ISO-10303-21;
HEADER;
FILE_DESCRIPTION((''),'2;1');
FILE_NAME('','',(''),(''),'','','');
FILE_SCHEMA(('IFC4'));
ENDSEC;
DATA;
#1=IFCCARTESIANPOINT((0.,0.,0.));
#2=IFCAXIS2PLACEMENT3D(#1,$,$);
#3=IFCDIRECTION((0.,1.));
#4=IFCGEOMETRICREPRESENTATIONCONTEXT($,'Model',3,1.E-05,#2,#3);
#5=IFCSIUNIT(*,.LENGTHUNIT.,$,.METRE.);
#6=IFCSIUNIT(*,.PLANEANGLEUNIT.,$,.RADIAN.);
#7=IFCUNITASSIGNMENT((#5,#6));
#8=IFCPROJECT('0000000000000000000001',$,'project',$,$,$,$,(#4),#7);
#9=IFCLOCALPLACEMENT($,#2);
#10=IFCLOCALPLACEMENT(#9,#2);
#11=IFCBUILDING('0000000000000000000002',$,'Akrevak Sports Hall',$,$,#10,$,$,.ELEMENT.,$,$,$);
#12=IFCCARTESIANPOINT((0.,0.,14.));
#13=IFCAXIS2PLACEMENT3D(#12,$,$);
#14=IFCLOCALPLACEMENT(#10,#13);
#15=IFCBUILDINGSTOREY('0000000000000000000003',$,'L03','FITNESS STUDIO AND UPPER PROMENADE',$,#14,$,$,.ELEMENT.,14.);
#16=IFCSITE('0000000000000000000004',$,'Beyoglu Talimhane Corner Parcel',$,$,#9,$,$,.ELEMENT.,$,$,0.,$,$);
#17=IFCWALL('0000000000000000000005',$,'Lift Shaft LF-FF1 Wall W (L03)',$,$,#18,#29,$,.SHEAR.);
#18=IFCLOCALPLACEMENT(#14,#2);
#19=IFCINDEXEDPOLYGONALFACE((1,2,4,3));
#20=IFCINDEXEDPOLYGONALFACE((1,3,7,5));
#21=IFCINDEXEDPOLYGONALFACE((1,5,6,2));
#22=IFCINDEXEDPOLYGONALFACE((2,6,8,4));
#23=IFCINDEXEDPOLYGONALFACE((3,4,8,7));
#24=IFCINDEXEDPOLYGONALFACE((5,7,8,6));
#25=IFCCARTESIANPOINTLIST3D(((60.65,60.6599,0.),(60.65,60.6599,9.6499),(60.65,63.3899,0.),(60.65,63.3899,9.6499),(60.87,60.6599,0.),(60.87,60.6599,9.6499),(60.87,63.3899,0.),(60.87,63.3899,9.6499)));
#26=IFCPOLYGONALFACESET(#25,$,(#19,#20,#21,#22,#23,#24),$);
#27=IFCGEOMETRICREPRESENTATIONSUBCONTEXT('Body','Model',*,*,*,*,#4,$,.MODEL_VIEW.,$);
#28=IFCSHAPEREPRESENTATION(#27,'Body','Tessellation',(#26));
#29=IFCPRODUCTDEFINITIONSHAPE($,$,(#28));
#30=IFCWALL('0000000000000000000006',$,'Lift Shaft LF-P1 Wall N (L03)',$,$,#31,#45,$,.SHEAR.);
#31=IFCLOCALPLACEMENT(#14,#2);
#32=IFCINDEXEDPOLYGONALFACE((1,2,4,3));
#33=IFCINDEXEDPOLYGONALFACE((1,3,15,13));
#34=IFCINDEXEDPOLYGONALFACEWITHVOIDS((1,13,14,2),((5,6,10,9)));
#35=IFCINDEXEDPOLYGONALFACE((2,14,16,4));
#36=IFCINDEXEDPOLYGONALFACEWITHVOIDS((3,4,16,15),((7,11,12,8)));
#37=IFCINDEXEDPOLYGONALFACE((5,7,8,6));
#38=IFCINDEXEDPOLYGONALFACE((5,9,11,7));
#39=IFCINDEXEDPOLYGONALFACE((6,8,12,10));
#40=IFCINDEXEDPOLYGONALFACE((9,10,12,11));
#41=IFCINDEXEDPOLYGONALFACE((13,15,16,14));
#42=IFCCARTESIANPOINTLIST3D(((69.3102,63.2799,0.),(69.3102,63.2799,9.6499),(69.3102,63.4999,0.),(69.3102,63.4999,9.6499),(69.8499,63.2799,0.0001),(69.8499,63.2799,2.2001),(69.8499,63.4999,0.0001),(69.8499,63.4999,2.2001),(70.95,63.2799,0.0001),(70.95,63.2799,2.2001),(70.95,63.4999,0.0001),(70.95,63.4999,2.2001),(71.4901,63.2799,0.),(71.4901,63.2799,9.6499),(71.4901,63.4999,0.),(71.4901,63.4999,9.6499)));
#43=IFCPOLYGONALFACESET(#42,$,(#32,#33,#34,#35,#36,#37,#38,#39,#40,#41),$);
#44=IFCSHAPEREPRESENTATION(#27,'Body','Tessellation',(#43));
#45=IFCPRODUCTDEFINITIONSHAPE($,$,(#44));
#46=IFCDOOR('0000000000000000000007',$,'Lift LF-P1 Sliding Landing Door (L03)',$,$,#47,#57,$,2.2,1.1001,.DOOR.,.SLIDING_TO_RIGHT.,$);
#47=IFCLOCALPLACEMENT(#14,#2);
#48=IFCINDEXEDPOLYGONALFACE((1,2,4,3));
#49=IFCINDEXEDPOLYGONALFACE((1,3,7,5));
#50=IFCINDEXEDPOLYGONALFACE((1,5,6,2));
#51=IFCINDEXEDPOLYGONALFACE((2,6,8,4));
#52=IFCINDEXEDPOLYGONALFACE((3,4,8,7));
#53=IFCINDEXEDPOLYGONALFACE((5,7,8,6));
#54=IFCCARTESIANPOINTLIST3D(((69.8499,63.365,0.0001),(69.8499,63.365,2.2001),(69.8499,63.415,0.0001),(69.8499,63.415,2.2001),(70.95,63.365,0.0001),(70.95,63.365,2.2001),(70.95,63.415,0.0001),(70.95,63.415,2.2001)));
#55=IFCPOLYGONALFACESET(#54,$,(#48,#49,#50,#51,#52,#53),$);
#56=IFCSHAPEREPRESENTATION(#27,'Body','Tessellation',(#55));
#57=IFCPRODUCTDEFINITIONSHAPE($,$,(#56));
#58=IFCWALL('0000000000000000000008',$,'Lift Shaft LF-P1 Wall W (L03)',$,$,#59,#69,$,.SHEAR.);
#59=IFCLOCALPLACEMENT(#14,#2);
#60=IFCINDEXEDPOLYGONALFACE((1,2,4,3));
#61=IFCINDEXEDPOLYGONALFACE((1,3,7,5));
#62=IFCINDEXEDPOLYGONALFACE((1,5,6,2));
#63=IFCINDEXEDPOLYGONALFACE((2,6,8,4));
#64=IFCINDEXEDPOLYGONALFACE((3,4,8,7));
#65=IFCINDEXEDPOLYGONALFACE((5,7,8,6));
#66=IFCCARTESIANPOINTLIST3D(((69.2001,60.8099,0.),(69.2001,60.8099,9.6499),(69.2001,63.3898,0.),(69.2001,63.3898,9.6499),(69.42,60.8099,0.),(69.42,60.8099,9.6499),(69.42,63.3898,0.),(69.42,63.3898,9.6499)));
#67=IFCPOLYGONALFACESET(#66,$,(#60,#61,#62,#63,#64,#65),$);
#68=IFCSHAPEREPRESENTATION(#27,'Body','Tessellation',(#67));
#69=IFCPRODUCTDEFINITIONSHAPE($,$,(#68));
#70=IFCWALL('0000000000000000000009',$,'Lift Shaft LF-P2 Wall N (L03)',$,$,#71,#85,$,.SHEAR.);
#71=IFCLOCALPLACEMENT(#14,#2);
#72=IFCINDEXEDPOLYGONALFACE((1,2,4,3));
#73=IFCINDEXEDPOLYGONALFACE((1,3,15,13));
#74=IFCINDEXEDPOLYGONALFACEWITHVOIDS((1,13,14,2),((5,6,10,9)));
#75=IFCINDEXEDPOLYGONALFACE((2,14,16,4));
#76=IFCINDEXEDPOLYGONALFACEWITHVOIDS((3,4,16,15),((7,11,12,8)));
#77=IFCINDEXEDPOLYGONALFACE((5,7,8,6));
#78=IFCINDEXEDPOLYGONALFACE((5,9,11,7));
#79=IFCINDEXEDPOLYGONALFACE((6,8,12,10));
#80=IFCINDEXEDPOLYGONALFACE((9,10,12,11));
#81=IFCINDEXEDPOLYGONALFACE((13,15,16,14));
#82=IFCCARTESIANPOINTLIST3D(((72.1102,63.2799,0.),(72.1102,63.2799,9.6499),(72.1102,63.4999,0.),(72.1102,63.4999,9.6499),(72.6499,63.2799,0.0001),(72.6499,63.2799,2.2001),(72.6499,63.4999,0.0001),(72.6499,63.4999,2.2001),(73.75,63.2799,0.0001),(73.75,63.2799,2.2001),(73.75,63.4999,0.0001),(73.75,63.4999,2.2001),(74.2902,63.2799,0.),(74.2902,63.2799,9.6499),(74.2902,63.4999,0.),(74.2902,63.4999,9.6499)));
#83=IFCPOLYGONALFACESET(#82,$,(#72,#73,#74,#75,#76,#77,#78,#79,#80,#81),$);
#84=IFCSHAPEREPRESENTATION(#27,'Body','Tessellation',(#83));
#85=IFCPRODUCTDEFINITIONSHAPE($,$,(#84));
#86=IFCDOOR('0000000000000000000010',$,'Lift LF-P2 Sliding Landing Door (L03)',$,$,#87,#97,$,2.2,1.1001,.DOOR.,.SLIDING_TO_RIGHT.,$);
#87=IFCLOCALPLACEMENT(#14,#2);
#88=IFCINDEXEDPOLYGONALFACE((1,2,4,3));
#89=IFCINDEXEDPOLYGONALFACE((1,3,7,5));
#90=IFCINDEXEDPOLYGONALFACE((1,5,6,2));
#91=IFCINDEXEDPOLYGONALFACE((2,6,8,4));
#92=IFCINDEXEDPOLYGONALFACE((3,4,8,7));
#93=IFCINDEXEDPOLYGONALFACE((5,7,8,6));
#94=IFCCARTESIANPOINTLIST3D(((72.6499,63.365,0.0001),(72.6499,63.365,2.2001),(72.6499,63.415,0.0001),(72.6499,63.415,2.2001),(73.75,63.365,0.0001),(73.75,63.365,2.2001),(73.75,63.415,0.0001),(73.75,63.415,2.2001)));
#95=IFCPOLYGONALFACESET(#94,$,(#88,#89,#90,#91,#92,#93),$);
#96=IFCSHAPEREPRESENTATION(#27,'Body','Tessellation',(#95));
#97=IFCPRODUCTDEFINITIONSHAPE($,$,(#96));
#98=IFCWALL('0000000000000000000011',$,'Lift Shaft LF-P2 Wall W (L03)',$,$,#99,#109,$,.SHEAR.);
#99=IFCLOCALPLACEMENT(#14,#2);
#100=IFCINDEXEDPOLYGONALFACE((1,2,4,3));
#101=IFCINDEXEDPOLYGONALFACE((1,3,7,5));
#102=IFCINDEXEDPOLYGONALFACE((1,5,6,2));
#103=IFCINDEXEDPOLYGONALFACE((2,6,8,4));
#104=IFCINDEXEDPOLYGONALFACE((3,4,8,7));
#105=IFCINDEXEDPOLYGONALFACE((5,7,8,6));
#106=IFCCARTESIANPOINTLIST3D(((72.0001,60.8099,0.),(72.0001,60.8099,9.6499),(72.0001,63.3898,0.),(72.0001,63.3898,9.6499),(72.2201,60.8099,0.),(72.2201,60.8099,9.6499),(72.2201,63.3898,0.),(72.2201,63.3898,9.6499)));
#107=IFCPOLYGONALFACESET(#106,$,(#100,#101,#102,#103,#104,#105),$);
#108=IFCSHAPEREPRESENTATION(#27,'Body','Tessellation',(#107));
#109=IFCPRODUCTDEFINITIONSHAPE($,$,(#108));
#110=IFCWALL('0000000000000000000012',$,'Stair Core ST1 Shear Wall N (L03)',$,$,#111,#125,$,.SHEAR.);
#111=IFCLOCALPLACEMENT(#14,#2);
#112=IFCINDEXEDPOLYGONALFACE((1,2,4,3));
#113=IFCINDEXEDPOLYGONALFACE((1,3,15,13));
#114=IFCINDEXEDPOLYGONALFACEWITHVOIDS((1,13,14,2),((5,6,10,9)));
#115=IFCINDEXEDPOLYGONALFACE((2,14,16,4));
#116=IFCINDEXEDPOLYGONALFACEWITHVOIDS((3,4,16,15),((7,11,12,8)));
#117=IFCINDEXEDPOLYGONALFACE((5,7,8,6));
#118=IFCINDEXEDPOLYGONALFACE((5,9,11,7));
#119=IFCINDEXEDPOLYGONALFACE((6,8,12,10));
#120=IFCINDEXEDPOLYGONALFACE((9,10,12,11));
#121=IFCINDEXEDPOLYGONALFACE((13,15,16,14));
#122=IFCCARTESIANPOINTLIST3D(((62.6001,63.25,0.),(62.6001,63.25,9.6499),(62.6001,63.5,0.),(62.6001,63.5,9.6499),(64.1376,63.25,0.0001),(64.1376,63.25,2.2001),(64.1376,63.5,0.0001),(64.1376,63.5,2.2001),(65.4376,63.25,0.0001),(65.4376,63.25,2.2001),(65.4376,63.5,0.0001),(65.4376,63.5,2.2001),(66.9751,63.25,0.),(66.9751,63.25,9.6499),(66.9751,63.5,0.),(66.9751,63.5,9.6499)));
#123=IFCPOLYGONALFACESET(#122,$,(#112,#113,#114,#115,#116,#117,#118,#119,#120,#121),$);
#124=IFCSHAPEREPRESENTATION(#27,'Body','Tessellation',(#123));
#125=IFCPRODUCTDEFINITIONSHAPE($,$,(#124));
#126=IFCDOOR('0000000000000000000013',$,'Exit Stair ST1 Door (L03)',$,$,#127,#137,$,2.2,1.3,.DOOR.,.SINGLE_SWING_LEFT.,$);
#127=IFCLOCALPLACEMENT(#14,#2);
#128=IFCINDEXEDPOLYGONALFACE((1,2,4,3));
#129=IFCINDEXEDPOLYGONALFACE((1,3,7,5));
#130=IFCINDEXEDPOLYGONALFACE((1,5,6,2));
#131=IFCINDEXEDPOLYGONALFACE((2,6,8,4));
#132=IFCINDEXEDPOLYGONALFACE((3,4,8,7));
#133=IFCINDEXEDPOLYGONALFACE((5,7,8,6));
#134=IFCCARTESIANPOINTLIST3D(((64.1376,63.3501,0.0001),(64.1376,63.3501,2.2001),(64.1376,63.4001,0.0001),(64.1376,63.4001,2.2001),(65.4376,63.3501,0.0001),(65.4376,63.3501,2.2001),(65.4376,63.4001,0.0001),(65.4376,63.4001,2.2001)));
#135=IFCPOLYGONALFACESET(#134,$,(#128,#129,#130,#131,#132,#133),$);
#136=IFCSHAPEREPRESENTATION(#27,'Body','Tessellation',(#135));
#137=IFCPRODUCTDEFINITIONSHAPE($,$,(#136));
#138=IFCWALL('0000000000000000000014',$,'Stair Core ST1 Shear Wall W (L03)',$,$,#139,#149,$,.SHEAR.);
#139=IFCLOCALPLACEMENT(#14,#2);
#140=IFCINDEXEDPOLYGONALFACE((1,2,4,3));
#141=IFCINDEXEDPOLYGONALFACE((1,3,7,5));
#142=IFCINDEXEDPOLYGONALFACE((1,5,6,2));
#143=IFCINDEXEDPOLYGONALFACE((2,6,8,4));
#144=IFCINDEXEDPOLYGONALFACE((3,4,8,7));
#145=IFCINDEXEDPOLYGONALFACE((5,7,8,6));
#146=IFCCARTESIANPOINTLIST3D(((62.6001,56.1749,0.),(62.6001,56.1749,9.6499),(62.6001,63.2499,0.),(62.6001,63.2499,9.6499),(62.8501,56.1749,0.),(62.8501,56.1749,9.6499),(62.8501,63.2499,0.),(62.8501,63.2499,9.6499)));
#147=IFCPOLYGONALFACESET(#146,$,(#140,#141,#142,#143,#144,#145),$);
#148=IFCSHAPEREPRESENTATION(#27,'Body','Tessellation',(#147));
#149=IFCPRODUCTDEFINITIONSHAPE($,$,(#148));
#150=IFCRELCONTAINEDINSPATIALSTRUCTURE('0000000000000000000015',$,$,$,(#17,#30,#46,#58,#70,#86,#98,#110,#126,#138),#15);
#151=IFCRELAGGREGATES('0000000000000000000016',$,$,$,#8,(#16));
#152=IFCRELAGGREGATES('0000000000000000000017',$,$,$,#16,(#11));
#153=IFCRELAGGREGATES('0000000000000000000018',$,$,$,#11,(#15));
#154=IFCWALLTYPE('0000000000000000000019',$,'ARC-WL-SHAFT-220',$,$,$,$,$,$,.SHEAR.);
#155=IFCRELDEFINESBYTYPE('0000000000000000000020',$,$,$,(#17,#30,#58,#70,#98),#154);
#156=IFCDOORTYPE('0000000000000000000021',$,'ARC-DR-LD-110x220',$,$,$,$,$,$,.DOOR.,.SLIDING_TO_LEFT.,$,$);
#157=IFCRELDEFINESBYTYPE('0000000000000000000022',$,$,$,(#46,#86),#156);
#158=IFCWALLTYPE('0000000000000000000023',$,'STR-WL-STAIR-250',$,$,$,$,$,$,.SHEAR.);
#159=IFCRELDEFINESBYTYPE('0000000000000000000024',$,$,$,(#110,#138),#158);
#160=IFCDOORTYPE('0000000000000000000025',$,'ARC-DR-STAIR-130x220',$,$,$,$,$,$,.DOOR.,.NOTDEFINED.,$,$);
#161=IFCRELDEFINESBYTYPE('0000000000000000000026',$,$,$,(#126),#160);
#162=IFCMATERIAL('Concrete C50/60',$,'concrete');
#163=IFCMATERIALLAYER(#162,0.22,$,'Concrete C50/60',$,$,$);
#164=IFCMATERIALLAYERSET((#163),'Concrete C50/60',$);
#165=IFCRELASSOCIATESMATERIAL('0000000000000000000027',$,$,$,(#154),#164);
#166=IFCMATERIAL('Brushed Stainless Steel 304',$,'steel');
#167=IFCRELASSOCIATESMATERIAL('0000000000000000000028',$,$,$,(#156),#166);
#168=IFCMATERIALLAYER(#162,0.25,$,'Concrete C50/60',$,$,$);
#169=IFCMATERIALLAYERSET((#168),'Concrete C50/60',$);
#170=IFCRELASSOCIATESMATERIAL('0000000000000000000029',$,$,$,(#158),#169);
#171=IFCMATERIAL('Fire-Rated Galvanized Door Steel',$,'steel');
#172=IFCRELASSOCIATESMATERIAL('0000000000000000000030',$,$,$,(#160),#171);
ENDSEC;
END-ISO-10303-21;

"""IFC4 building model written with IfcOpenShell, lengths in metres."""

from ifc_helpers import new_model, si_unit, direction, frame, frame_2d, origin, place, context, subcontext, project, spatial, rectangle, extrude, material, layer, layer_set, type_object, element, fill, save


model = new_model("IFC4")

# Units and contexts
model_context = context("Model", 3, precision=1e-05, world=origin(), true_north=direction((0.0, 1.0)))
body_context = subcontext(model_context, "Body", "Model", "MODEL_VIEW")
ifc_project = project(units=[si_unit("LENGTHUNIT", "METRE"), si_unit("PLANEANGLEUNIT", "RADIAN")], contexts=[model_context])

# Site, building, storey
site_placement = place(None, origin())
site = spatial("IfcSite", under=ifc_project, at=site_placement, Name="Beyoglu Talimhane Corner Parcel", CompositionType="ELEMENT", RefElevation=0.0)
building_placement = place(site_placement, origin())
building = spatial("IfcBuilding", under=site, at=building_placement, Name="Akrevak Sports Hall", CompositionType="ELEMENT")
storey_placement = place(building_placement, frame((0.0, 0.0, 14.0)))
storey = spatial("IfcBuildingStorey", under=building, at=storey_placement, Name="L03", Description="FITNESS STUDIO AND UPPER PROMENADE", CompositionType="ELEMENT", Elevation=14.0)

# Shared definitions
ifc_material_1 = material(Name="Concrete C50/60", Category="concrete")

# Shared definitions
ifc_layer_1 = layer(ifc_material_1, 0.22, Name="Concrete C50/60")
ifc_layer_set_1 = layer_set([ifc_layer_1], Name="Concrete C50/60")
wall_type_1 = type_object("IfcWallType", Name="ARC-WL-SHAFT-220", PredefinedType="SHEAR", material=ifc_layer_set_1)
ifc_material_2 = material(Name="Brushed Stainless Steel 304", Category="steel")
door_type_1 = type_object("IfcDoorType", Name="ARC-DR-LD-110x220", OperationType="SLIDING_TO_LEFT", PredefinedType="DOOR", material=ifc_material_2)

# Wall
wall_1_placement = place(storey_placement, frame((60.76, 63.3899, 0.0), z_axis=(0.0, 0.0, 1.0), x_axis=(0.0, -1.0, 0.0)))
element("IfcWall", 1, at=wall_1_placement, inside=storey, type_object=wall_type_1, Name="Lift Shaft LF-FF1 Wall W (L03)", PredefinedType="SHEAR", context=body_context, shape_type="SweptSolid", body=[
    extrude(rectangle(XDim=2.73, YDim=0.22, at=frame_2d((1.365, 0.0))), origin(), (0.0, 0.0, 1.0), 9.6499),
])

# Wall, opening, door
wall_2_placement = place(storey_placement, frame((71.49, 63.3899, 0.0), z_axis=(0.0, 0.0, 1.0), x_axis=(-1.0, 0.0, 0.0)))
wall_2 = element("IfcWall", 2, at=wall_2_placement, inside=storey, type_object=wall_type_1, Name="Lift Shaft LF-P1 Wall N (L03)", PredefinedType="SHEAR", context=body_context, shape_type="SweptSolid", body=[
    extrude(rectangle(XDim=2.1799, YDim=0.22, at=frame_2d((1.0898, 0.0))), origin(), (0.0, 0.0, 1.0), 9.6499),
])
opening_1_placement = place(wall_2_placement, frame((0.54, 0.0, 0.0)))
opening_1 = element("IfcOpeningElement", 3, at=opening_1_placement, cuts=wall_2, PredefinedType="OPENING", context=body_context, shape_type="SweptSolid", body=[
    extrude(rectangle(XDim=1.1001, YDim=2.2, at=frame_2d((0.55, 1.1001))), frame((0.0, 0.1221, 0.0), z_axis=(0.0, -1.0, 0.0), x_axis=(1.0, 0.0, 0.0)), (0.0, 0.0, 1.0), 0.2439),
])
door_1_placement = place(opening_1_placement, origin())
door_1 = element("IfcDoor", 4, at=door_1_placement, inside=storey, type_object=door_type_1, Name="Lift LF-P1 Sliding Landing Door (L03)", OperationType="SLIDING_TO_RIGHT", OverallHeight=2.2, OverallWidth=1.1001, PredefinedType="DOOR", context=body_context, shape_type="SweptSolid", body=[
    extrude(rectangle(XDim=1.1001, YDim=2.2, at=frame_2d((0.55, 1.1001))), frame((0.0, 0.0249, 0.0), z_axis=(0.0, -1.0, 0.0), x_axis=(1.0, 0.0, 0.0)), (0.0, 0.0, 1.0), 0.05),
])
fill(opening_1, door_1)

# Wall
wall_3_placement = place(storey_placement, frame((69.3101, 63.3899, 0.0), z_axis=(0.0, 0.0, 1.0), x_axis=(0.0, -1.0, 0.0)))
element("IfcWall", 5, at=wall_3_placement, inside=storey, type_object=wall_type_1, Name="Lift Shaft LF-P1 Wall W (L03)", PredefinedType="SHEAR", context=body_context, shape_type="SweptSolid", body=[
    extrude(rectangle(XDim=2.5798, YDim=0.22, at=frame_2d((1.29, 0.0))), origin(), (0.0, 0.0, 1.0), 9.6499),
])

# Wall, opening, door
wall_4_placement = place(storey_placement, frame((74.29, 63.3899, 0.0), z_axis=(0.0, 0.0, 1.0), x_axis=(-1.0, 0.0, 0.0)))
wall_4 = element("IfcWall", 6, at=wall_4_placement, inside=storey, type_object=wall_type_1, Name="Lift Shaft LF-P2 Wall N (L03)", PredefinedType="SHEAR", context=body_context, shape_type="SweptSolid", body=[
    extrude(rectangle(XDim=2.1799, YDim=0.22, at=frame_2d((1.0898, 0.0))), origin(), (0.0, 0.0, 1.0), 9.6499),
])
opening_2_placement = place(wall_4_placement, frame((0.54, 0.0, 0.0)))
opening_2 = element("IfcOpeningElement", 7, at=opening_2_placement, cuts=wall_4, PredefinedType="OPENING", context=body_context, shape_type="SweptSolid", body=[
    extrude(rectangle(XDim=1.1001, YDim=2.2, at=frame_2d((0.55, 1.1001))), frame((0.0, 0.1221, 0.0), z_axis=(0.0, -1.0, 0.0), x_axis=(1.0, 0.0, 0.0)), (0.0, 0.0, 1.0), 0.2439),
])
door_2_placement = place(opening_2_placement, origin())
door_2 = element("IfcDoor", 8, at=door_2_placement, inside=storey, type_object=door_type_1, Name="Lift LF-P2 Sliding Landing Door (L03)", OperationType="SLIDING_TO_RIGHT", OverallHeight=2.2, OverallWidth=1.1001, PredefinedType="DOOR", context=body_context, shape_type="SweptSolid", body=[
    extrude(rectangle(XDim=1.1001, YDim=2.2, at=frame_2d((0.55, 1.1001))), frame((0.0, 0.0249, 0.0), z_axis=(0.0, -1.0, 0.0), x_axis=(1.0, 0.0, 0.0)), (0.0, 0.0, 1.0), 0.05),
])
fill(opening_2, door_2)

# Wall
wall_5_placement = place(storey_placement, frame((72.1101, 63.3899, 0.0), z_axis=(0.0, 0.0, 1.0), x_axis=(0.0, -1.0, 0.0)))
element("IfcWall", 9, at=wall_5_placement, inside=storey, type_object=wall_type_1, Name="Lift Shaft LF-P2 Wall W (L03)", PredefinedType="SHEAR", context=body_context, shape_type="SweptSolid", body=[
    extrude(rectangle(XDim=2.5798, YDim=0.22, at=frame_2d((1.29, 0.0))), origin(), (0.0, 0.0, 1.0), 9.6499),
])

# Wall, opening, door
ifc_layer_2 = layer(ifc_material_1, 0.25, Name="Concrete C50/60")
ifc_layer_set_2 = layer_set([ifc_layer_2], Name="Concrete C50/60")
wall_type_2 = type_object("IfcWallType", Name="STR-WL-STAIR-250", PredefinedType="SHEAR", material=ifc_layer_set_2)
wall_6_placement = place(storey_placement, frame((66.9751, 63.375, 0.0), z_axis=(0.0, 0.0, 1.0), x_axis=(-1.0, 0.0, 0.0)))
wall_6 = element("IfcWall", 10, at=wall_6_placement, inside=storey, type_object=wall_type_2, Name="Stair Core ST1 Shear Wall N (L03)", PredefinedType="SHEAR", context=body_context, shape_type="SweptSolid", body=[
    extrude(rectangle(XDim=4.375, YDim=0.25, at=frame_2d((2.1875, 0.0))), origin(), (0.0, 0.0, 1.0), 9.6499),
])
opening_3_placement = place(wall_6_placement, frame((1.5376, 0.0, 0.0)))
opening_3 = element("IfcOpeningElement", 11, at=opening_3_placement, cuts=wall_6, PredefinedType="OPENING", context=body_context, shape_type="SweptSolid", body=[
    extrude(rectangle(XDim=1.3, YDim=2.2, at=frame_2d((0.6499, 1.1001))), frame((0.0, 0.137, 0.0), z_axis=(0.0, -1.0, 0.0), x_axis=(1.0, 0.0, 0.0)), (0.0, 0.0, 1.0), 0.2739),
])
ifc_material_3 = material(Name="Fire-Rated Galvanized Door Steel", Category="steel")
door_type_2 = type_object("IfcDoorType", Name="ARC-DR-STAIR-130x220", OperationType="NOTDEFINED", PredefinedType="DOOR", material=ifc_material_3)
door_3_placement = place(opening_3_placement, origin())
door_3 = element("IfcDoor", 12, at=door_3_placement, inside=storey, type_object=door_type_2, Name="Exit Stair ST1 Door (L03)", OperationType="SINGLE_SWING_LEFT", OverallHeight=2.2, OverallWidth=1.3, PredefinedType="DOOR", context=body_context, shape_type="SweptSolid", body=[
    extrude(rectangle(XDim=1.3, YDim=2.2, at=frame_2d((0.6499, 1.1001))), frame((0.0, 0.0249, 0.0), z_axis=(0.0, -1.0, 0.0), x_axis=(1.0, 0.0, 0.0)), (0.0, 0.0, 1.0), 0.05),
])
fill(opening_3, door_3)

# Wall
wall_7_placement = place(storey_placement, frame((62.7251, 63.25, 0.0), z_axis=(0.0, 0.0, 1.0), x_axis=(0.0, -1.0, 0.0)))
element("IfcWall", 13, at=wall_7_placement, inside=storey, type_object=wall_type_2, Name="Stair Core ST1 Shear Wall W (L03)", PredefinedType="SHEAR", context=body_context, shape_type="SweptSolid", body=[
    extrude(rectangle(XDim=7.075, YDim=0.25, at=frame_2d((3.5376, 0.0))), origin(), (0.0, 0.0, 1.0), 9.6499),
])

save(model, "model.ifc")
